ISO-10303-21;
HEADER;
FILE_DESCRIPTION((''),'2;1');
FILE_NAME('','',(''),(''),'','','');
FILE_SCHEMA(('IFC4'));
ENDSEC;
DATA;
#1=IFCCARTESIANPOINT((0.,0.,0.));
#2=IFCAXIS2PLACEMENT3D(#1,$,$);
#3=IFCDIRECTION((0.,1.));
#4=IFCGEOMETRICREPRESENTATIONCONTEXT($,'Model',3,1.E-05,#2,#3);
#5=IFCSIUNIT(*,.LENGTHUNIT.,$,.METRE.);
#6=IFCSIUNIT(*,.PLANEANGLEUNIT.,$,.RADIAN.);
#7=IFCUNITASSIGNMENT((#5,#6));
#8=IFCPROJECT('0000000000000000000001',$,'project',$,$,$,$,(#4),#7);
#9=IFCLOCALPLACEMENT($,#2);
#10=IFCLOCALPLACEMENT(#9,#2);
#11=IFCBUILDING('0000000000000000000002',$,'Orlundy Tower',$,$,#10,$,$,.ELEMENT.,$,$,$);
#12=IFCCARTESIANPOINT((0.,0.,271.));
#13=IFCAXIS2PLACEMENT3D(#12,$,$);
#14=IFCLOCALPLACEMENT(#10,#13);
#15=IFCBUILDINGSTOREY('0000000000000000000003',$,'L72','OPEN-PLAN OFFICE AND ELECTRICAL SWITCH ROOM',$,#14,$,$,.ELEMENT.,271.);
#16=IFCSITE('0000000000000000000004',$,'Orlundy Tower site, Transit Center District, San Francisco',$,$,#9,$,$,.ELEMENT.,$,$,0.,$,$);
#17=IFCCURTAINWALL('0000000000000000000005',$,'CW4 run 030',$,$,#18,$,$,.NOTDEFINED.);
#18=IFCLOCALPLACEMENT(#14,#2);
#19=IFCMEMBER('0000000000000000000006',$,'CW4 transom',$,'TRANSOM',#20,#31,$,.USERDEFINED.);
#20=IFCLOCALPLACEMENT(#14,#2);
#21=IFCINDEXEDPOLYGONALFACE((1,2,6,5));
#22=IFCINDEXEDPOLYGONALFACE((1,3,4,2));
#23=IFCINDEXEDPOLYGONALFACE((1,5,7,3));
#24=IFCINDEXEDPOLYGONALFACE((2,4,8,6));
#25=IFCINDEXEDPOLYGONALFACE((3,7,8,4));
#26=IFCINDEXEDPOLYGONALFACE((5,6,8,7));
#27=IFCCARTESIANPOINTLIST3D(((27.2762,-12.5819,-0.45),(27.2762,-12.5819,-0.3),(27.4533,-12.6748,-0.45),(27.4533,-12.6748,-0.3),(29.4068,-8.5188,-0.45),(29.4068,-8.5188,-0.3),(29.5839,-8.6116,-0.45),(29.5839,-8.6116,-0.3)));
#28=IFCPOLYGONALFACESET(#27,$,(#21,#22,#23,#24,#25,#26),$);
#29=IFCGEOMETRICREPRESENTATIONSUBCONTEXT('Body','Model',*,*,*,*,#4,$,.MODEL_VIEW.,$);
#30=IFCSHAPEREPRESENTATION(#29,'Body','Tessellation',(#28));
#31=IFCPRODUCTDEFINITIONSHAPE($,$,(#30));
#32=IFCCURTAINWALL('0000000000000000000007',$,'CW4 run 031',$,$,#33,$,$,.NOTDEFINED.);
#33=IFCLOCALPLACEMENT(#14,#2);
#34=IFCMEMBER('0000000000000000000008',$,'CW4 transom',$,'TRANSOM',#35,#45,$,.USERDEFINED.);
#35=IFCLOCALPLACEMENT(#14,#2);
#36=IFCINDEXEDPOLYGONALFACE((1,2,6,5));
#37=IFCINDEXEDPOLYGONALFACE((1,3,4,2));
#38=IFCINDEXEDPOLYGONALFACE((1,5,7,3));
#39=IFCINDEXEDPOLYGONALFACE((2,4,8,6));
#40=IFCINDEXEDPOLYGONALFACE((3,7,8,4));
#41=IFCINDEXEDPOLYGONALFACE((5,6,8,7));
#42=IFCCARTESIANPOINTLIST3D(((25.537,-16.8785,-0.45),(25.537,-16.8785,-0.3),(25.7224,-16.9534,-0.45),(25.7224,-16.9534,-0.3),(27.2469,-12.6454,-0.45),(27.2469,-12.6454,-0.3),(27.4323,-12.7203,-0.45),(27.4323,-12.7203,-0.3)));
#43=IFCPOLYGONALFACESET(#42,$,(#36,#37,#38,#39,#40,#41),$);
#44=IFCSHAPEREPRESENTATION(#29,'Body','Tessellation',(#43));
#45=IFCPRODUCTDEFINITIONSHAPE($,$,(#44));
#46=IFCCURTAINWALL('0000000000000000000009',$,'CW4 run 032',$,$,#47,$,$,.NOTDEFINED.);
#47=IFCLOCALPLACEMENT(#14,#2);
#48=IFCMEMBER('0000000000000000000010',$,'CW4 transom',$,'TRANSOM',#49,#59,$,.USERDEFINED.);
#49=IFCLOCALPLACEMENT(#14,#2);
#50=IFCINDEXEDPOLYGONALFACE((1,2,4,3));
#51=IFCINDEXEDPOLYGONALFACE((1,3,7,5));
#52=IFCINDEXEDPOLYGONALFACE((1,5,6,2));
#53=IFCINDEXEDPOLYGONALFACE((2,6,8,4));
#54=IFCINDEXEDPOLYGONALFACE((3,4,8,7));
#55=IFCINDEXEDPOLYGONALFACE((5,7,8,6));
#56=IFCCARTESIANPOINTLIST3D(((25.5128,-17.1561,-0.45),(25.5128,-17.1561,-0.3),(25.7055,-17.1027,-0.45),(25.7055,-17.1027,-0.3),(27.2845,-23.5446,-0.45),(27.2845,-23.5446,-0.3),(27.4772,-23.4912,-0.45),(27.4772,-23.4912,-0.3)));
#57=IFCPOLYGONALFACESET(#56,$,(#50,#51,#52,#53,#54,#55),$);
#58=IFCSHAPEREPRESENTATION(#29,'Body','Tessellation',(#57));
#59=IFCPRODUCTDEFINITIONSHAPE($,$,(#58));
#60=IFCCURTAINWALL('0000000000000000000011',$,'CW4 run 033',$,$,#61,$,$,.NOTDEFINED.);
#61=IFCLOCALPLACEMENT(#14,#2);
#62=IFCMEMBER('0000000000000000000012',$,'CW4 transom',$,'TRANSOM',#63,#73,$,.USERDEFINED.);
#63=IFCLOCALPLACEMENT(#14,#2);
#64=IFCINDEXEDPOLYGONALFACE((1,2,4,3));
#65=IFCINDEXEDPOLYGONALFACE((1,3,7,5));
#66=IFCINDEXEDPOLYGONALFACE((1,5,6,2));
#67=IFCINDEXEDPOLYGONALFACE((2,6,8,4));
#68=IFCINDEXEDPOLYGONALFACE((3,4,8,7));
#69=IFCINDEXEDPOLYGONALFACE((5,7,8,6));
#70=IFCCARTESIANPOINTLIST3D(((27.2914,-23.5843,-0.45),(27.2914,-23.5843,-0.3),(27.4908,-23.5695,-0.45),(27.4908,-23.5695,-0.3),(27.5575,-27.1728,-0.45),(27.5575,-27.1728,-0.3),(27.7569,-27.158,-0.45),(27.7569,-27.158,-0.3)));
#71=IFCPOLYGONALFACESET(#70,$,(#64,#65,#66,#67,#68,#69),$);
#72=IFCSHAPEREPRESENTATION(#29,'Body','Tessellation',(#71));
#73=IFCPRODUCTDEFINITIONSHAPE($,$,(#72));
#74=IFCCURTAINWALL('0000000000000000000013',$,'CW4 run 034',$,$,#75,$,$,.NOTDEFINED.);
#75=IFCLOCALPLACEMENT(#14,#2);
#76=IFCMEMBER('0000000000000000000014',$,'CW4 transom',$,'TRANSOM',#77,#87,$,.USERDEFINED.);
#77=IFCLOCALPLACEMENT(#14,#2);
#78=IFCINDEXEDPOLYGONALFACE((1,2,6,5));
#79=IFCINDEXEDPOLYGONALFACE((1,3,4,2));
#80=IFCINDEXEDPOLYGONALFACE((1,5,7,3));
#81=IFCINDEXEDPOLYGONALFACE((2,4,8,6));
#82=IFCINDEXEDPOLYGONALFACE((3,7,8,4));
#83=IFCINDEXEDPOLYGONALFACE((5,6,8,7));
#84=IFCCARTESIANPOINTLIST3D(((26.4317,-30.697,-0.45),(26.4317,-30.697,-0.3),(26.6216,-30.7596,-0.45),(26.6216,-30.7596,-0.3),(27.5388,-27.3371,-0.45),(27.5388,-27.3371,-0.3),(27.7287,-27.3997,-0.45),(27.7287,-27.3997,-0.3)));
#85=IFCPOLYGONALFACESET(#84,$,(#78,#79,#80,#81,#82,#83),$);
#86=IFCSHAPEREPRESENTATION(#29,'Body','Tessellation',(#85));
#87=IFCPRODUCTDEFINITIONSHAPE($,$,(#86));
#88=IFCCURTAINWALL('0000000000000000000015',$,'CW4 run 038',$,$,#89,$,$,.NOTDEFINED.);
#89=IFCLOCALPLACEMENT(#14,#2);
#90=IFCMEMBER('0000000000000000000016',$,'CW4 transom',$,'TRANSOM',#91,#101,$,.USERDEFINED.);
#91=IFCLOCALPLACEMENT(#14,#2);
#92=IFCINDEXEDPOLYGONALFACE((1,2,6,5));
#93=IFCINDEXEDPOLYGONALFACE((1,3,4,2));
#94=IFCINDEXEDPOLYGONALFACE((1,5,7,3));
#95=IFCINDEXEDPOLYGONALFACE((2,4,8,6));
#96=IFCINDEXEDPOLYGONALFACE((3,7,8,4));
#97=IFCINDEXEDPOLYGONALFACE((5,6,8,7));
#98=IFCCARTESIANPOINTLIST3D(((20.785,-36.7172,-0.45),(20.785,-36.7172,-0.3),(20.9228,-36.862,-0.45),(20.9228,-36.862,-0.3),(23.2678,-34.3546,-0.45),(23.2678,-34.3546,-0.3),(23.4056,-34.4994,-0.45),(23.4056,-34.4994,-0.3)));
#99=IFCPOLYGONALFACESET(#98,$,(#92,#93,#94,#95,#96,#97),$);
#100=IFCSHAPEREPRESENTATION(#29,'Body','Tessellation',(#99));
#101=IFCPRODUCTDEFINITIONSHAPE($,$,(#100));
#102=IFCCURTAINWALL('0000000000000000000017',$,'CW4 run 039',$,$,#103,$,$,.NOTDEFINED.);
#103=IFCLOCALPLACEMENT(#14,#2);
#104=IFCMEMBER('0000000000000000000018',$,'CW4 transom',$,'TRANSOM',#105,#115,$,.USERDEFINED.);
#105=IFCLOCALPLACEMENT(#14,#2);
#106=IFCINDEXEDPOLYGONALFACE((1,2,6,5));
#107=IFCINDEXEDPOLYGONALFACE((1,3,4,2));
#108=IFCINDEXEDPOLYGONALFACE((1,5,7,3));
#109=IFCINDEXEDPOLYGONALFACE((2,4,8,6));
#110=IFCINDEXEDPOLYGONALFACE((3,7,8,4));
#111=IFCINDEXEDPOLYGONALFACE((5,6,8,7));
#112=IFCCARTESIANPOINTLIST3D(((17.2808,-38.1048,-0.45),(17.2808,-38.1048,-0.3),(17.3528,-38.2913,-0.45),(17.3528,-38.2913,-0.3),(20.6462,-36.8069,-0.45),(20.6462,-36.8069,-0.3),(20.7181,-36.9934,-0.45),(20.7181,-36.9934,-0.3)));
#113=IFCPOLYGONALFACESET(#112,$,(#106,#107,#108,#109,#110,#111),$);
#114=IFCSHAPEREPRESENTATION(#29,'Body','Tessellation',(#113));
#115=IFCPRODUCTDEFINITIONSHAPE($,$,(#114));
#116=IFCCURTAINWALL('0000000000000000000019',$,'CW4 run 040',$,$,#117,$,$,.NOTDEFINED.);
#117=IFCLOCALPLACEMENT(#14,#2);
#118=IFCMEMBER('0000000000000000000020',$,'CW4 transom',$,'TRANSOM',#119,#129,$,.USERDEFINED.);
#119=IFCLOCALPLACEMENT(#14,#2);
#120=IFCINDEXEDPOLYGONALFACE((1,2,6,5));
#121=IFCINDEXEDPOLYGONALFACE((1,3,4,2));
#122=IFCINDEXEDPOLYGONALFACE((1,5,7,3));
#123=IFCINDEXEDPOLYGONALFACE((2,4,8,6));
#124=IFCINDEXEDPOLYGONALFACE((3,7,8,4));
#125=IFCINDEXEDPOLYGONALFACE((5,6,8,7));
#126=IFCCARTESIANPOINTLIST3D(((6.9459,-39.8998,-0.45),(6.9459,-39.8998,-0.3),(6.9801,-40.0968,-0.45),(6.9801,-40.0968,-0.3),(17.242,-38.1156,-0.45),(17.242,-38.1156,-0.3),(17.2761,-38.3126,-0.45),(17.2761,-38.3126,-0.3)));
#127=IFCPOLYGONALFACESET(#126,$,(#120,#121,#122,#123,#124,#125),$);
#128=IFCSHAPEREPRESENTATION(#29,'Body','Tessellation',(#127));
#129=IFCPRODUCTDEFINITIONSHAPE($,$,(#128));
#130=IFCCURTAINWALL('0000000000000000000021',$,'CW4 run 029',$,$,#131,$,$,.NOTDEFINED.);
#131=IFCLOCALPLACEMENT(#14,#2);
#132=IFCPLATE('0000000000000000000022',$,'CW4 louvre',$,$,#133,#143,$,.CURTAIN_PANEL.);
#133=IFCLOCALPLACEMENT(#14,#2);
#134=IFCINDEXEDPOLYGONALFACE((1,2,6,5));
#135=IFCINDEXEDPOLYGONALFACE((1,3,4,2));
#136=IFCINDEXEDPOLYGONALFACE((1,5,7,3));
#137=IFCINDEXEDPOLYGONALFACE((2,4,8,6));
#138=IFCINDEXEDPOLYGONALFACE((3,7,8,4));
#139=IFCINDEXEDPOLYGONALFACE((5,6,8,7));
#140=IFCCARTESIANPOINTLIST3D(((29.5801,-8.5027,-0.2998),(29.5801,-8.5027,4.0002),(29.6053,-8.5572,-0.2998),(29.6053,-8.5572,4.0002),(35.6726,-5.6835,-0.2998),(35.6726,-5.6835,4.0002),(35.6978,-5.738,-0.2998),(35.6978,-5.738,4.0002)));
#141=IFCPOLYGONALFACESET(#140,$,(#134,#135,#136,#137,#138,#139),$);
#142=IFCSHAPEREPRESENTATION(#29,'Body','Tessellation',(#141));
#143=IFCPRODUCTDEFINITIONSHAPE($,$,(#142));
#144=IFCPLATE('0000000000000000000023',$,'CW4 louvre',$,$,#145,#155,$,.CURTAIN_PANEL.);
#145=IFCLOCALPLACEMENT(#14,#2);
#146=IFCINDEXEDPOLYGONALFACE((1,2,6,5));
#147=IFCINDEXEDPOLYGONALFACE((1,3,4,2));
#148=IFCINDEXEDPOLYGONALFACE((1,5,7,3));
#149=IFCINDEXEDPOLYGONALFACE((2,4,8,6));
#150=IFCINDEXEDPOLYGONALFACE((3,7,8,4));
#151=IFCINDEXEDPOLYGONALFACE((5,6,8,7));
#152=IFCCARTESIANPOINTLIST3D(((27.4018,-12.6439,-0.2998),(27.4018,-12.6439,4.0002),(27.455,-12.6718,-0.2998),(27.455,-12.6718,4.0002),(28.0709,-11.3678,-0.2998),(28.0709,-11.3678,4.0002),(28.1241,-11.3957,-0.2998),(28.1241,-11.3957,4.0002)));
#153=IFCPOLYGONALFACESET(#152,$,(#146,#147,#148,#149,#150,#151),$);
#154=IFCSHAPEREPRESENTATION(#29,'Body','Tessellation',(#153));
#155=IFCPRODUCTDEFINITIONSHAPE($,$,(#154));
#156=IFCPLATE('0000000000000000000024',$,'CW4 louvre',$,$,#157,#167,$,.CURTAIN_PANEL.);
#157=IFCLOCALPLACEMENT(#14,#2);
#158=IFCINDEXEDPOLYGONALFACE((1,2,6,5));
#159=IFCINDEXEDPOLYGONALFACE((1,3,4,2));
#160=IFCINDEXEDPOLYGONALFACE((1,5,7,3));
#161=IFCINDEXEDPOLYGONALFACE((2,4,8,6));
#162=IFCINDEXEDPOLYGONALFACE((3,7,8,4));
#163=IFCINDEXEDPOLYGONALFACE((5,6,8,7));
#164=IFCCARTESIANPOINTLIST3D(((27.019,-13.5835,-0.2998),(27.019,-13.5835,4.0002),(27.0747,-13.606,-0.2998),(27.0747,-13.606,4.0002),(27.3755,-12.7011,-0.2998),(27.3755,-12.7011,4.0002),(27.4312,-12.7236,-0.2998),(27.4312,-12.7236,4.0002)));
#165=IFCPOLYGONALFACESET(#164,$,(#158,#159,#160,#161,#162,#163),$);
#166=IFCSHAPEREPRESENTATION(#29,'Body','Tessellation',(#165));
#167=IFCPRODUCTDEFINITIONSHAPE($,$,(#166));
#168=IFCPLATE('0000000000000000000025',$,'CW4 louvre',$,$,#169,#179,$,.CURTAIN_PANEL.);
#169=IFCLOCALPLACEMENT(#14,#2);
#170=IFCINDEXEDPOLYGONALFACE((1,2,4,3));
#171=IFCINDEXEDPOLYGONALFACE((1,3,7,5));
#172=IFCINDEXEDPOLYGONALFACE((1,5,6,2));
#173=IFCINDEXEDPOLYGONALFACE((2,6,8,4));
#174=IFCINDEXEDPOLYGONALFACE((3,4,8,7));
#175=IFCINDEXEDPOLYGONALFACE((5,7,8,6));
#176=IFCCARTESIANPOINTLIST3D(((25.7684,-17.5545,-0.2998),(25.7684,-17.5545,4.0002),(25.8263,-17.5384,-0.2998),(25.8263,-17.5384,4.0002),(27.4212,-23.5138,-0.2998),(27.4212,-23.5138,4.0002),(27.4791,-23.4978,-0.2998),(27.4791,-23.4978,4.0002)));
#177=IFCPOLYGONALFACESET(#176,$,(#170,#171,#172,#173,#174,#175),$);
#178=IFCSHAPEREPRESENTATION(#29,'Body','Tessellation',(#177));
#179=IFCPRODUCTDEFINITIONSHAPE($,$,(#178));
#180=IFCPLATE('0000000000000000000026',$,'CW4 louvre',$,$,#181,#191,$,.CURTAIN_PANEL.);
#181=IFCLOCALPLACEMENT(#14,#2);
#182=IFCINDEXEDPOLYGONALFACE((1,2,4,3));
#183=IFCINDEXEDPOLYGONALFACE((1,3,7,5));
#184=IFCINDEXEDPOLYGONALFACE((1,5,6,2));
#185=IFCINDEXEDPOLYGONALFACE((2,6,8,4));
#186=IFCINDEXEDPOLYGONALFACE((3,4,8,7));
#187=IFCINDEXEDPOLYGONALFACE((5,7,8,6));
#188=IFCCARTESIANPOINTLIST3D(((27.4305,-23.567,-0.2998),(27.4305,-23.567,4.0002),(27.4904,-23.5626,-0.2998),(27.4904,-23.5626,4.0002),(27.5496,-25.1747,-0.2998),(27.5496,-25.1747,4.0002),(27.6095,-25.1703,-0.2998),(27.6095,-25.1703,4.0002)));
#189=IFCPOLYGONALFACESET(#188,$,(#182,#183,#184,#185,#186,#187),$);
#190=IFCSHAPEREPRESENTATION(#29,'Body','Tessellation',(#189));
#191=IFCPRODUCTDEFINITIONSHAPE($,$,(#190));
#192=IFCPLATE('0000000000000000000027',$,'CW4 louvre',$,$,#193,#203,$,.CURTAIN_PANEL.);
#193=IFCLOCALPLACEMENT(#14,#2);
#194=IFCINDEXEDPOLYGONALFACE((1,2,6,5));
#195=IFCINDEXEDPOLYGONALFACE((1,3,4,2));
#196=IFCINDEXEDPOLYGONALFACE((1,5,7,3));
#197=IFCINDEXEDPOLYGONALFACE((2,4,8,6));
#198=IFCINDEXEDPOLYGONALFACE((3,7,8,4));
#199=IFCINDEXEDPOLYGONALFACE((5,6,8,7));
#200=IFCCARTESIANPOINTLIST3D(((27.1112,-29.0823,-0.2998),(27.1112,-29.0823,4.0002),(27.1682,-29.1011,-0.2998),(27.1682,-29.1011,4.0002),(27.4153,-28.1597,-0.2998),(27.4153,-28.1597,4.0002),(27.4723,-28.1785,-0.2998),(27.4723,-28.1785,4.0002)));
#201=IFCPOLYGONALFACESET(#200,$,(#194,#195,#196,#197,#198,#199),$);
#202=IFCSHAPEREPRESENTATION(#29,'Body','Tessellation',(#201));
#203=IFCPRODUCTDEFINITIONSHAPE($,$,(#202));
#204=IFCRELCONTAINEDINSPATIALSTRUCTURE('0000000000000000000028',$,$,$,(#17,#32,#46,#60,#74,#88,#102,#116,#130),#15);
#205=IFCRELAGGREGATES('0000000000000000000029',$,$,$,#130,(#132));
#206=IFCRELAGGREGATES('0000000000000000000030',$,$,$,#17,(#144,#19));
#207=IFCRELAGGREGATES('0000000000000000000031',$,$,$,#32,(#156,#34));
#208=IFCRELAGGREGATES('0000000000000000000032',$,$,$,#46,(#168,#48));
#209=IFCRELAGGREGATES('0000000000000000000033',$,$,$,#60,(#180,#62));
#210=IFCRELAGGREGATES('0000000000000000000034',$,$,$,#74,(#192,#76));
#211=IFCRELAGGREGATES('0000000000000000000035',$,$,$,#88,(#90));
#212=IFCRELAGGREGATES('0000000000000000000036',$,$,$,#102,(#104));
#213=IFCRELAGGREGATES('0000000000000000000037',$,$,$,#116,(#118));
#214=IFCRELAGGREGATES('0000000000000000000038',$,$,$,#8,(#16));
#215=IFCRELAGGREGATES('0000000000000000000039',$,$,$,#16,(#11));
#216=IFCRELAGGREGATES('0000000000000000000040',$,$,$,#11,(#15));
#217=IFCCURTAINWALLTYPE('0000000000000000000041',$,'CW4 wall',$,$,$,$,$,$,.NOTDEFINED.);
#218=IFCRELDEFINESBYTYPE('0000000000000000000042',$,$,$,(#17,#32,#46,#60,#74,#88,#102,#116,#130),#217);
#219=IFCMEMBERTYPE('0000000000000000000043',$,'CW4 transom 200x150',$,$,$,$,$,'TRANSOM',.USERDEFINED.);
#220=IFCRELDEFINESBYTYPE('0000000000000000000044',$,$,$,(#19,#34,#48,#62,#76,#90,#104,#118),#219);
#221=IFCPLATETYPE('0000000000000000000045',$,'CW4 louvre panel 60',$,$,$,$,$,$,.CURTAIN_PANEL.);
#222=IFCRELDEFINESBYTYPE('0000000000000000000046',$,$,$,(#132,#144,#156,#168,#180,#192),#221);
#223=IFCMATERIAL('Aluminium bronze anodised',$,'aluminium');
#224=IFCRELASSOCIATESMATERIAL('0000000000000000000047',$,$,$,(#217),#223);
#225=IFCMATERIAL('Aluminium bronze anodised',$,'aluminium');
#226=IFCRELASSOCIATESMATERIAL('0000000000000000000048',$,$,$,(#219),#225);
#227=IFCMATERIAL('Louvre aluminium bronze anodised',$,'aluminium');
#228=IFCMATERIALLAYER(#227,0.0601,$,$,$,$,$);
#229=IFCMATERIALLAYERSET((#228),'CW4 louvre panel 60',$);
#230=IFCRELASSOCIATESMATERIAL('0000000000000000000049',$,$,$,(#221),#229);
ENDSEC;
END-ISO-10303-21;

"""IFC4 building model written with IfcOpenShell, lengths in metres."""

from ifc_helpers import new_model, si_unit, direction, frame, origin, origin_2d, place, context, subcontext, project, spatial, rectangle, extrude, material, layer, layer_set, material_profile, profile_set, type_object, element, aggregate, save


model = new_model("IFC4")

# Units and contexts
model_context = context("Model", 3, precision=1e-05, world=origin(), true_north=direction((0.0, 1.0)))
body_context = subcontext(model_context, "Body", "Model", "MODEL_VIEW")
ifc_project = project(units=[si_unit("LENGTHUNIT", "METRE"), si_unit("PLANEANGLEUNIT", "RADIAN")], contexts=[model_context])

# Site, building, storey
site_placement = place(None, origin())
site = spatial("IfcSite", under=ifc_project, at=site_placement, Name="Orlundy Tower site, Transit Center District, San Francisco", CompositionType="ELEMENT", RefElevation=0.0)
building_placement = place(site_placement, origin())
building = spatial("IfcBuilding", under=site, at=building_placement, Name="Orlundy Tower", CompositionType="ELEMENT")
storey_placement = place(building_placement, frame((0.0, 0.0, 271.0)))
storey = spatial("IfcBuildingStorey", under=building, at=storey_placement, Name="L72", Description="OPEN-PLAN OFFICE AND ELECTRICAL SWITCH ROOM", CompositionType="ELEMENT", Elevation=271.0)

# Curtain walls, members
ifc_material_1 = material(Name="Aluminium bronze anodised", Category="aluminium")
curtain_wall_type = type_object("IfcCurtainWallType", Name="CW4 wall", PredefinedType="NOTDEFINED", material=ifc_material_1)
curtain_wall_1_placement = place(storey_placement, origin())
curtain_wall_1 = element("IfcCurtainWall", 1, at=curtain_wall_1_placement, inside=storey, type_object=curtain_wall_type, Name="CW4 run 030", PredefinedType="NOTDEFINED")
ifc_material_2 = material(Name="Aluminium bronze anodised", Category="aluminium")
ifc_material_profile = material_profile(ifc_material_2, rectangle(XDim=0.2, YDim=0.1499, at=origin_2d()), Name="CW4 transom 200x150")
ifc_profile_set = profile_set([ifc_material_profile], Name="Aluminium bronze anodised")
member_type = type_object("IfcMemberType", Name="CW4 transom 200x150", ElementType="TRANSOM", PredefinedType="USERDEFINED", material=ifc_profile_set)
member_1_placement = place(storey_placement, frame((29.4954, -8.5652, -0.375), z_axis=(-0.464393, -0.885629, 0.0), x_axis=(0.885629, -0.464393, 0.0)))
member_1 = element("IfcMember", 2, at=member_1_placement, type_object=member_type, Name="CW4 transom", ObjectType="TRANSOM", PredefinedType="USERDEFINED", context=body_context, shape_type="SweptSolid", body=[
    extrude(rectangle(XDim=0.2, YDim=0.1499, at=origin_2d()), origin(), (0.0, 0.0, 1.0), 4.5879),
])
curtain_wall_2_placement = place(storey_placement, origin())
curtain_wall_2 = element("IfcCurtainWall", 3, at=curtain_wall_2_placement, inside=storey, type_object=curtain_wall_type, Name="CW4 run 031", PredefinedType="NOTDEFINED")
member_2_placement = place(storey_placement, frame((27.3396, -12.6829, -0.375), z_axis=(-0.374542, -0.92721, 0.0), x_axis=(0.92721, -0.374542, 0.0)))
member_2 = element("IfcMember", 4, at=member_2_placement, type_object=member_type, Name="CW4 transom", ObjectType="TRANSOM", PredefinedType="USERDEFINED", context=body_context, shape_type="SweptSolid", body=[
    extrude(rectangle(XDim=0.2, YDim=0.1499, at=origin_2d()), origin(), (0.0, 0.0, 1.0), 4.5654),
])
curtain_wall_3_placement = place(storey_placement, origin())
curtain_wall_3 = element("IfcCurtainWall", 5, at=curtain_wall_3_placement, inside=storey, type_object=curtain_wall_type, Name="CW4 run 032", PredefinedType="NOTDEFINED")
member_3_placement = place(storey_placement, frame((25.6091, -17.1294, -0.375), z_axis=(0.267247, -0.963628, 0.0), x_axis=(0.963628, 0.267247, 0.0)))
member_3 = element("IfcMember", 6, at=member_3_placement, type_object=member_type, Name="CW4 transom", ObjectType="TRANSOM", PredefinedType="USERDEFINED", context=body_context, shape_type="SweptSolid", body=[
    extrude(rectangle(XDim=0.2, YDim=0.1499, at=origin_2d()), origin(), (0.0, 0.0, 1.0), 6.6296),
])
curtain_wall_4_placement = place(storey_placement, origin())
curtain_wall_4 = element("IfcCurtainWall", 7, at=curtain_wall_4_placement, inside=storey, type_object=curtain_wall_type, Name="CW4 run 033", PredefinedType="NOTDEFINED")
member_4_placement = place(storey_placement, frame((27.3911, -23.5769, -0.375), z_axis=(0.073952, -0.997262, 0.0), x_axis=(0.997262, 0.073952, 0.0)))
member_4 = element("IfcMember", 8, at=member_4_placement, type_object=member_type, Name="CW4 transom", ObjectType="TRANSOM", PredefinedType="USERDEFINED", context=body_context, shape_type="SweptSolid", body=[
    extrude(rectangle(XDim=0.2, YDim=0.1499, at=origin_2d()), origin(), (0.0, 0.0, 1.0), 3.5984),
])
curtain_wall_5_placement = place(storey_placement, origin())
curtain_wall_5 = element("IfcCurtainWall", 9, at=curtain_wall_5_placement, inside=storey, type_object=curtain_wall_type, Name="CW4 run 034", PredefinedType="NOTDEFINED")
member_5_placement = place(storey_placement, frame((27.6338, -27.3684, -0.375), z_axis=(-0.312975, -0.949761, 0.0), x_axis=(0.949761, -0.312975, 0.0)))
member_5 = element("IfcMember", 10, at=member_5_placement, type_object=member_type, Name="CW4 transom", ObjectType="TRANSOM", PredefinedType="USERDEFINED", context=body_context, shape_type="SweptSolid", body=[
    extrude(rectangle(XDim=0.2, YDim=0.1499, at=origin_2d()), origin(), (0.0, 0.0, 1.0), 3.5376),
])
curtain_wall_6_placement = place(storey_placement, origin())
curtain_wall_6 = element("IfcCurtainWall", 11, at=curtain_wall_6_placement, inside=storey, type_object=curtain_wall_type, Name="CW4 run 038", PredefinedType="NOTDEFINED")
member_6_placement = place(storey_placement, frame((23.3367, -34.427, -0.375), z_axis=(-0.724414, -0.689365, 0.0), x_axis=(0.689365, -0.724414, 0.0)))
member_6 = element("IfcMember", 12, at=member_6_placement, type_object=member_type, Name="CW4 transom", ObjectType="TRANSOM", PredefinedType="USERDEFINED", context=body_context, shape_type="SweptSolid", body=[
    extrude(rectangle(XDim=0.2, YDim=0.1499, at=origin_2d()), origin(), (0.0, 0.0, 1.0), 3.4272),
])
curtain_wall_7_placement = place(storey_placement, origin())
curtain_wall_7 = element("IfcCurtainWall", 13, at=curtain_wall_7_placement, inside=storey, type_object=curtain_wall_type, Name="CW4 run 039", PredefinedType="NOTDEFINED")
member_7_placement = place(storey_placement, frame((20.6821, -36.9001, -0.375), z_axis=(-0.933017, -0.359832, 0.0), x_axis=(0.359832, -0.933017, 0.0)))
member_7 = element("IfcMember", 14, at=member_7_placement, type_object=member_type, Name="CW4 transom", ObjectType="TRANSOM", PredefinedType="USERDEFINED", context=body_context, shape_type="SweptSolid", body=[
    extrude(rectangle(XDim=0.2, YDim=0.1499, at=origin_2d()), origin(), (0.0, 0.0, 1.0), 3.6069),
])
curtain_wall_8_placement = place(storey_placement, origin())
curtain_wall_8 = element("IfcCurtainWall", 15, at=curtain_wall_8_placement, inside=storey, type_object=curtain_wall_type, Name="CW4 run 040", PredefinedType="NOTDEFINED")
member_8_placement = place(storey_placement, frame((17.259, -38.2141, -0.375), z_axis=(-0.985315, -0.170746, 0.0), x_axis=(0.170746, -0.985315, 0.0)))
member_8 = element("IfcMember", 16, at=member_8_placement, type_object=member_type, Name="CW4 transom", ObjectType="TRANSOM", PredefinedType="USERDEFINED", context=body_context, shape_type="SweptSolid", body=[
    extrude(rectangle(XDim=0.2, YDim=0.1499, at=origin_2d()), origin(), (0.0, 0.0, 1.0), 10.4495),
])

# Curtain wall, plate
curtain_wall_9_placement = place(storey_placement, origin())
curtain_wall_9 = element("IfcCurtainWall", 17, at=curtain_wall_9_placement, inside=storey, type_object=curtain_wall_type, Name="CW4 run 029", PredefinedType="NOTDEFINED")
ifc_material_3 = material(Name="Louvre aluminium bronze anodised", Category="aluminium")
ifc_layer_1 = layer(ifc_material_3, 0.0601)
ifc_layer_set_1 = layer_set([ifc_layer_1], Name="CW4 louvre panel 60")
plate_type = type_object("IfcPlateType", Name="CW4 louvre panel 60", PredefinedType="CURTAIN_PANEL", material=ifc_layer_set_1)
plate_1_placement = place(storey_placement, frame((32.6389, -7.1204, -0.2998), z_axis=(0.0, 0.0, 1.0), x_axis=(-0.907549, -0.419946, 0.0)))
plate_1 = element("IfcPlate", 18, at=plate_1_placement, type_object=plate_type, Name="CW4 louvre", PredefinedType="CURTAIN_PANEL", context=body_context, shape_type="SweptSolid", body=[
    extrude(rectangle(XDim=6.7131, YDim=0.0601, at=origin_2d()), origin(), (0.0, 0.0, 1.0), 4.3),
])
aggregate(curtain_wall_9, [plate_1])

# Plates
plate_2_placement = place(storey_placement, frame((27.7629, -12.0198, -0.2998), z_axis=(0.0, 0.0, 1.0), x_axis=(-0.464368, -0.885642, 0.0)))
plate_2 = element("IfcPlate", 19, at=plate_2_placement, type_object=plate_type, Name="CW4 louvre", PredefinedType="CURTAIN_PANEL", context=body_context, shape_type="SweptSolid", body=[
    extrude(rectangle(XDim=1.4409, YDim=0.0601, at=origin_2d()), origin(), (0.0, 0.0, 1.0), 4.3),
])
aggregate(curtain_wall_1, [plate_2, member_1])
plate_3_placement = place(storey_placement, frame((27.2251, -13.1536, -0.2998), z_axis=(0.0, 0.0, 1.0), x_axis=(-0.374539, -0.927211, 0.0)))
plate_3 = element("IfcPlate", 20, at=plate_3_placement, type_object=plate_type, Name="CW4 louvre", PredefinedType="CURTAIN_PANEL", context=body_context, shape_type="SweptSolid", body=[
    extrude(rectangle(XDim=0.9517, YDim=0.0601, at=origin_2d()), origin(), (0.0, 0.0, 1.0), 4.3),
])
aggregate(curtain_wall_2, [plate_3, member_2])
plate_4_placement = place(storey_placement, frame((26.6238, -20.5261, -0.2998), z_axis=(0.0, 0.0, 1.0), x_axis=(0.267256, -0.963626, 0.0)))
plate_4 = element("IfcPlate", 21, at=plate_4_placement, type_object=plate_type, Name="CW4 louvre", PredefinedType="CURTAIN_PANEL", context=body_context, shape_type="SweptSolid", body=[
    extrude(rectangle(XDim=6.1843, YDim=0.0601, at=origin_2d()), origin(), (0.0, 0.0, 1.0), 4.3),
])
aggregate(curtain_wall_3, [plate_4, member_3])
plate_5_placement = place(storey_placement, frame((27.52, -24.3687, -0.2998), z_axis=(0.0, 0.0, 1.0), x_axis=(0.073911, -0.997265, 0.0)))
plate_5 = element("IfcPlate", 22, at=plate_5_placement, type_object=plate_type, Name="CW4 louvre", PredefinedType="CURTAIN_PANEL", context=body_context, shape_type="SweptSolid", body=[
    extrude(rectangle(XDim=1.6121, YDim=0.0601, at=origin_2d()), origin(), (0.0, 0.0, 1.0), 4.3),
])
aggregate(curtain_wall_4, [plate_5, member_4])
plate_6_placement = place(storey_placement, frame((27.2917, -28.6304, -0.2998), z_axis=(0.0, 0.0, 1.0), x_axis=(-0.312988, -0.949757, 0.0)))
plate_6 = element("IfcPlate", 23, at=plate_6_placement, type_object=plate_type, Name="CW4 louvre", PredefinedType="CURTAIN_PANEL", context=body_context, shape_type="SweptSolid", body=[
    extrude(rectangle(XDim=0.9714, YDim=0.0601, at=origin_2d()), origin(), (0.0, 0.0, 1.0), 4.3),
])
aggregate(curtain_wall_5, [plate_6, member_5])
aggregate(curtain_wall_6, [member_6])
aggregate(curtain_wall_7, [member_7])
aggregate(curtain_wall_8, [member_8])

save(model, "model.ifc")
